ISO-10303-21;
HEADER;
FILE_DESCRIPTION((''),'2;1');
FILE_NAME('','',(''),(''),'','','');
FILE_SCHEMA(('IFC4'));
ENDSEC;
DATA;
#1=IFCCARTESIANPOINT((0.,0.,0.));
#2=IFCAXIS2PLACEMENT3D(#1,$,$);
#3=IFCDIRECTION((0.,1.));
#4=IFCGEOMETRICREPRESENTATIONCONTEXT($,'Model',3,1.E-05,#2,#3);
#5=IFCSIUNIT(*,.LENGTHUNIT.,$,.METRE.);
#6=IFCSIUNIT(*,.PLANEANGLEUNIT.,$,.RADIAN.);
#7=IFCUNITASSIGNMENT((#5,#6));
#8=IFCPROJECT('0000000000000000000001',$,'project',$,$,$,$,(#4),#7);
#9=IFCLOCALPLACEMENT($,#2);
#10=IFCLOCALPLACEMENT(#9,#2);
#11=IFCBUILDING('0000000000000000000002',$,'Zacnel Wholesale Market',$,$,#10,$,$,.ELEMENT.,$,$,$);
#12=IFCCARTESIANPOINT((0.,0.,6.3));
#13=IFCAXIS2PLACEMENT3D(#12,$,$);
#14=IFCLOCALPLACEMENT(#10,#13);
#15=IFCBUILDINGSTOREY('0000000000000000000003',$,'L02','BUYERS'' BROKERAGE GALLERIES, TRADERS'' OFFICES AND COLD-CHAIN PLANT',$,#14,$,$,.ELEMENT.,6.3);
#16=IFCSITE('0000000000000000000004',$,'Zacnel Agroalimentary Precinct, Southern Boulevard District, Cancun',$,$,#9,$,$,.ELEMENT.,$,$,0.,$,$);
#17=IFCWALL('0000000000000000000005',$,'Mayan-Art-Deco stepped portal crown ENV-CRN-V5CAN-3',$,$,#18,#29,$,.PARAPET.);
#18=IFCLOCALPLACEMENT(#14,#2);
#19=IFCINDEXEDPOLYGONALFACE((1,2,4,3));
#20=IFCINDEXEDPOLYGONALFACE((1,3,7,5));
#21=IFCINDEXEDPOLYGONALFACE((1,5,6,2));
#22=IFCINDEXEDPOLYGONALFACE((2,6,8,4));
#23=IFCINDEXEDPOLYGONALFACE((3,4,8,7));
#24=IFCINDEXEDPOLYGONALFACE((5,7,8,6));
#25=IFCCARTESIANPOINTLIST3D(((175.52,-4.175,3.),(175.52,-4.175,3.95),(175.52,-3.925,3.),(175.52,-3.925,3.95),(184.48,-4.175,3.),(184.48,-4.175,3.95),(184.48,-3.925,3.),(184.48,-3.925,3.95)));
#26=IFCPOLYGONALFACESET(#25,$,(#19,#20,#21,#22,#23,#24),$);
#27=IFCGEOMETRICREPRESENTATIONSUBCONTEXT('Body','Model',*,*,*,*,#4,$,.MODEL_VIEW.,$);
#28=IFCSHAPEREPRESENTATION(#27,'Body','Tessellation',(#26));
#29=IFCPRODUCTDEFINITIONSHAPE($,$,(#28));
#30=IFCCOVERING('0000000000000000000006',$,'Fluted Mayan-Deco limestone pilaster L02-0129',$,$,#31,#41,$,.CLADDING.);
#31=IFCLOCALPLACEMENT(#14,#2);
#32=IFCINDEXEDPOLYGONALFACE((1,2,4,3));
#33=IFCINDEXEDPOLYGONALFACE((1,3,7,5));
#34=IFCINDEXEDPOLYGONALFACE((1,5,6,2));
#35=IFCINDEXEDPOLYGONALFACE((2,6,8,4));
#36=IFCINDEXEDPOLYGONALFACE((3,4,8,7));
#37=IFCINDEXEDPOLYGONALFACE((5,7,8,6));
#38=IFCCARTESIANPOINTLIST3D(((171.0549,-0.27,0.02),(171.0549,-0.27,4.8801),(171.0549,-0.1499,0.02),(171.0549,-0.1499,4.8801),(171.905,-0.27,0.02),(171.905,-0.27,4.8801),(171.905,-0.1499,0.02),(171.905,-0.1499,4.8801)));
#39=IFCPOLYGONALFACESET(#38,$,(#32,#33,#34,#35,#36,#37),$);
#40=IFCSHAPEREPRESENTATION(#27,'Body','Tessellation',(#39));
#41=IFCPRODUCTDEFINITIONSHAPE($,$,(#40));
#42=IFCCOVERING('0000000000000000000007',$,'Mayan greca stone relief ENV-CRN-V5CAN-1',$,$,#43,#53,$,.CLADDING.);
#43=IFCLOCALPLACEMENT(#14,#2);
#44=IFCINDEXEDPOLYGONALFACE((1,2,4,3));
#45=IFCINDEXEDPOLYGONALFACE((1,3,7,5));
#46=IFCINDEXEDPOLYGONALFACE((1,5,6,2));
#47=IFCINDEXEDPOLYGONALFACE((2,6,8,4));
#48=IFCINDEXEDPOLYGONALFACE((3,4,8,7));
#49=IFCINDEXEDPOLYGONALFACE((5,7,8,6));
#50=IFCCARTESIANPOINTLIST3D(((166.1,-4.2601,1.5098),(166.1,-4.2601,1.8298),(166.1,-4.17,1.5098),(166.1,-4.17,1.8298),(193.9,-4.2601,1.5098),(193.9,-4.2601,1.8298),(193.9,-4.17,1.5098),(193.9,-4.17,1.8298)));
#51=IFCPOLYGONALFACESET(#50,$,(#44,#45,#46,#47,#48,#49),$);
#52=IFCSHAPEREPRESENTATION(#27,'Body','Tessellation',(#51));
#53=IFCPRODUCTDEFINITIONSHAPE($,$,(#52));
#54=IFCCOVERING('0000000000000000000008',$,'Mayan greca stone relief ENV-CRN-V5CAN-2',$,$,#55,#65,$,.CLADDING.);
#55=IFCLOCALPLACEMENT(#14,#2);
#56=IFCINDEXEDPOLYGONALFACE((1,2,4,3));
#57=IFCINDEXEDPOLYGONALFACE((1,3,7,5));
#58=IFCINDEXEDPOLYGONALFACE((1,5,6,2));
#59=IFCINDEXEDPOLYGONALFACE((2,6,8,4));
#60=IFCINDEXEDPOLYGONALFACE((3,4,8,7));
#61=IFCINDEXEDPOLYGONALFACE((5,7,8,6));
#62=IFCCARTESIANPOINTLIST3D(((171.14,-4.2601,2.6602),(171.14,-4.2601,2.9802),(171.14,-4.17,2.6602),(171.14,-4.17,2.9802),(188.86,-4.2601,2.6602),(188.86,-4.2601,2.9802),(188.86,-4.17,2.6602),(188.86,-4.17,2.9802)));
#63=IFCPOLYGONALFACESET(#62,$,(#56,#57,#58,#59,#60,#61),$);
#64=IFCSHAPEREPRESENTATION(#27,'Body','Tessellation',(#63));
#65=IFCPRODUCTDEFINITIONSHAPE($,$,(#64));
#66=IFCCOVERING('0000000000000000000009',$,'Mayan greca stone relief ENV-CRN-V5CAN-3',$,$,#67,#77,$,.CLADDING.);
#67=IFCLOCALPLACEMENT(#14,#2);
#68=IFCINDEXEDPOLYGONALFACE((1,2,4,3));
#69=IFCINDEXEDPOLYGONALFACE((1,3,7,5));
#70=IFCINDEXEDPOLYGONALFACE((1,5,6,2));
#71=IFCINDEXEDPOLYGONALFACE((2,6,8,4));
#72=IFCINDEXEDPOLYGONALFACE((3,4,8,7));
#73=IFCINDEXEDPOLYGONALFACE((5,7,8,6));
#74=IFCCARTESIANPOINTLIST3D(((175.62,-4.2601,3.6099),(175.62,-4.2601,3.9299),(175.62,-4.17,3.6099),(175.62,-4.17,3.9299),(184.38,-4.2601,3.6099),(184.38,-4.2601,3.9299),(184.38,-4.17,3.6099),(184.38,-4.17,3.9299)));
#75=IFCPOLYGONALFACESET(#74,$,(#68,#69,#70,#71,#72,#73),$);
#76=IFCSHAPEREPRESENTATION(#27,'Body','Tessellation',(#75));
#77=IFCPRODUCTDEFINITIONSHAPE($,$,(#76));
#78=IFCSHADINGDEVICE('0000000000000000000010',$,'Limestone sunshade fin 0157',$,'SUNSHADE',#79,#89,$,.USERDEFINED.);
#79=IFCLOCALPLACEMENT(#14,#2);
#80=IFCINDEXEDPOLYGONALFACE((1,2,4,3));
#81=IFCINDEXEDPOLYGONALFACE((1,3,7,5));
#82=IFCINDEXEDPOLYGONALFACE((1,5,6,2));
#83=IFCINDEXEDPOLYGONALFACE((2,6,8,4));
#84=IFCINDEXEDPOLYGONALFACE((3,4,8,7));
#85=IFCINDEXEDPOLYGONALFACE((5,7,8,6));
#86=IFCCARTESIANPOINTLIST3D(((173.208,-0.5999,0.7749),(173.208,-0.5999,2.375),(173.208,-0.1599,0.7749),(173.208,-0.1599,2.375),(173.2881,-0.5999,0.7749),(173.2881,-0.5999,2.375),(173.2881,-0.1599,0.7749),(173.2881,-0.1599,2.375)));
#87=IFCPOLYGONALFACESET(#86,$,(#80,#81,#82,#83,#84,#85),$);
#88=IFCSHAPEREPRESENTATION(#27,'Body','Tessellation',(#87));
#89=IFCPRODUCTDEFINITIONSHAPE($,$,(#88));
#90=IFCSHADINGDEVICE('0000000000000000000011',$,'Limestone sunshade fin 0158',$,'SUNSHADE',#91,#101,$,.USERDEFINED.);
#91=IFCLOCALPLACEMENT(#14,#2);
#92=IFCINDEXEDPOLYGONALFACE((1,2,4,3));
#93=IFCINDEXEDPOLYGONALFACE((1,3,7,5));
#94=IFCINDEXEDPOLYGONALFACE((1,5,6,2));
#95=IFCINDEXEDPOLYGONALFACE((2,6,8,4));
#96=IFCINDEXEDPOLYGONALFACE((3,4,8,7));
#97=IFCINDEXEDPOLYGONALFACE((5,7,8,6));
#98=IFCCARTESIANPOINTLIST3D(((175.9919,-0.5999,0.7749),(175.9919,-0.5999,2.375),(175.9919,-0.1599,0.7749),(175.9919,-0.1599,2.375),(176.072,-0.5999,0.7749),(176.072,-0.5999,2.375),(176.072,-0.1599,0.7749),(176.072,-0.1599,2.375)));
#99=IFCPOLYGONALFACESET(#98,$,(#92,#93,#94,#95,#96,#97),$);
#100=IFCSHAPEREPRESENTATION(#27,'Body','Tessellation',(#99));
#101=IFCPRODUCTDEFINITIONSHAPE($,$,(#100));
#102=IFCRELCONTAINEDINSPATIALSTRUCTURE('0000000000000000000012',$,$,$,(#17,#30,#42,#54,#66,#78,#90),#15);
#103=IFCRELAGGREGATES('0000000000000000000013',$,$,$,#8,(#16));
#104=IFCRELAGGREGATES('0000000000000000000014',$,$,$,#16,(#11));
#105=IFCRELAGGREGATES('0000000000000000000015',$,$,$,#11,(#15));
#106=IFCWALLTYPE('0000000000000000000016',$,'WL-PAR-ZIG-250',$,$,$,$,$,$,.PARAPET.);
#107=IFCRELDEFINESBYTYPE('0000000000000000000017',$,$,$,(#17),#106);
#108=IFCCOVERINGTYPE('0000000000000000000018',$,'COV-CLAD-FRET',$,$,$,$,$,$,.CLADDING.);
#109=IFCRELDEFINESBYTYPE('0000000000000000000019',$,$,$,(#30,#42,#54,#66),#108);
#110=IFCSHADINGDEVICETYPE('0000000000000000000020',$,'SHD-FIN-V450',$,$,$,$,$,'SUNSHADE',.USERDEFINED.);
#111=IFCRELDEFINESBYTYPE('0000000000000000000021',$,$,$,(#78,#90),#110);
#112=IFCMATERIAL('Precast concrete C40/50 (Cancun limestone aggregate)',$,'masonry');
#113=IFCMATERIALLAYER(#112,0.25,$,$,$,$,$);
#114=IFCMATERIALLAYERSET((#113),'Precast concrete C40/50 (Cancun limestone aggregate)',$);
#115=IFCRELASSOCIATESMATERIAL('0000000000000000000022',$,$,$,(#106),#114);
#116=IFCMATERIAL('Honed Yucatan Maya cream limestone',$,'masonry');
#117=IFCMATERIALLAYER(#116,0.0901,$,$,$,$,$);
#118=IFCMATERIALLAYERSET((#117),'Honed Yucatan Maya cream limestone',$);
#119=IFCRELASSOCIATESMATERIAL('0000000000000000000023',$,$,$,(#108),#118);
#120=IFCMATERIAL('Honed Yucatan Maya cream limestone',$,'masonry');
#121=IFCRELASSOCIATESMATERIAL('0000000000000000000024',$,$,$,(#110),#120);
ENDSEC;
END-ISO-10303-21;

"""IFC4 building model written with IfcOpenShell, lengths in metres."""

from ifc_helpers import new_model, si_unit, direction, frame, frame_2d, origin, origin_2d, place, context, subcontext, project, spatial, rectangle, extrude, material, layer, layer_set, type_object, element, save


model = new_model("IFC4")

# Units and contexts
model_context = context("Model", 3, precision=1e-05, world=origin(), true_north=direction((0.0, 1.0)))
body_context = subcontext(model_context, "Body", "Model", "MODEL_VIEW")
ifc_project = project(units=[si_unit("LENGTHUNIT", "METRE"), si_unit("PLANEANGLEUNIT", "RADIAN")], contexts=[model_context])

# Site, building, storey
site_placement = place(None, origin())
site = spatial("IfcSite", under=ifc_project, at=site_placement, Name="Zacnel Agroalimentary Precinct, Southern Boulevard District, Cancun", CompositionType="ELEMENT", RefElevation=0.0)
building_placement = place(site_placement, origin())
building = spatial("IfcBuilding", under=site, at=building_placement, Name="Zacnel Wholesale Market", CompositionType="ELEMENT")
storey_placement = place(building_placement, frame((0.0, 0.0, 6.3)))
storey = spatial("IfcBuildingStorey", under=building, at=storey_placement, Name="L02", Description="BUYERS' BROKERAGE GALLERIES, TRADERS' OFFICES AND COLD-CHAIN PLANT", CompositionType="ELEMENT", Elevation=6.3)

# Wall
ifc_material_1 = material(Name="Precast concrete C40/50 (Cancun limestone aggregate)", Category="masonry")
ifc_layer_1 = layer(ifc_material_1, 0.25)
ifc_layer_set_1 = layer_set([ifc_layer_1], Name="Precast concrete C40/50 (Cancun limestone aggregate)")
wall_type = type_object("IfcWallType", Name="WL-PAR-ZIG-250", PredefinedType="PARAPET", material=ifc_layer_set_1)
wall_1_placement = place(storey_placement, frame((175.52, -4.05, 3.0), z_axis=(0.0, 0.0, 1.0), x_axis=(1.0, 0.0, 0.0)))
element("IfcWall", 1, at=wall_1_placement, inside=storey, type_object=wall_type, Name="Mayan-Art-Deco stepped portal crown ENV-CRN-V5CAN-3", PredefinedType="PARAPET", context=body_context, shape_type="SweptSolid", body=[
    extrude(rectangle(XDim=8.96, YDim=0.25, at=frame_2d((4.48, 0.0))), origin(), (0.0, 0.0, 1.0), 0.95),
])

# Coverings
ifc_material_2 = material(Name="Honed Yucatan Maya cream limestone", Category="masonry")
ifc_layer_2 = layer(ifc_material_2, 0.0901)
ifc_layer_set_2 = layer_set([ifc_layer_2], Name="Honed Yucatan Maya cream limestone")
covering_type = type_object("IfcCoveringType", Name="COV-CLAD-FRET", PredefinedType="CLADDING", material=ifc_layer_set_2)
covering_1_placement = place(storey_placement, frame((171.48, -0.21, 0.02), z_axis=(0.0, 0.0, 1.0), x_axis=(1.0, 0.0, 0.0)))
element("IfcCovering", 2, at=covering_1_placement, inside=storey, type_object=covering_type, Name="Fluted Mayan-Deco limestone pilaster L02-0129", PredefinedType="CLADDING", context=body_context, shape_type="SweptSolid", body=[
    extrude(rectangle(XDim=0.8501, YDim=0.1201, at=origin_2d()), origin(), (0.0, 0.0, 1.0), 4.8601),
])
covering_2_placement = place(storey_placement, frame((180.0, -4.2151, 1.5098), z_axis=(0.0, 0.0, 1.0), x_axis=(1.0, 0.0, 0.0)))
element("IfcCovering", 3, at=covering_2_placement, inside=storey, type_object=covering_type, Name="Mayan greca stone relief ENV-CRN-V5CAN-1", PredefinedType="CLADDING", context=body_context, shape_type="SweptSolid", body=[
    extrude(rectangle(XDim=27.8, YDim=0.0901, at=origin_2d()), origin(), (0.0, 0.0, 1.0), 0.3201),
])
covering_3_placement = place(storey_placement, frame((180.0, -4.2151, 2.6602), z_axis=(0.0, 0.0, 1.0), x_axis=(1.0, 0.0, 0.0)))
element("IfcCovering", 4, at=covering_3_placement, inside=storey, type_object=covering_type, Name="Mayan greca stone relief ENV-CRN-V5CAN-2", PredefinedType="CLADDING", context=body_context, shape_type="SweptSolid", body=[
    extrude(rectangle(XDim=17.72, YDim=0.0901, at=origin_2d()), origin(), (0.0, 0.0, 1.0), 0.3201),
])
covering_4_placement = place(storey_placement, frame((180.0, -4.2151, 3.6099), z_axis=(0.0, 0.0, 1.0), x_axis=(1.0, 0.0, 0.0)))
element("IfcCovering", 5, at=covering_4_placement, inside=storey, type_object=covering_type, Name="Mayan greca stone relief ENV-CRN-V5CAN-3", PredefinedType="CLADDING", context=body_context, shape_type="SweptSolid", body=[
    extrude(rectangle(XDim=8.76, YDim=0.0901, at=origin_2d()), origin(), (0.0, 0.0, 1.0), 0.3201),
])

# Shading devices
ifc_material_3 = material(Name="Honed Yucatan Maya cream limestone", Category="masonry")
shading_device_type = type_object("IfcShadingDeviceType", Name="SHD-FIN-V450", ElementType="SUNSHADE", PredefinedType="USERDEFINED", material=ifc_material_3)
for number, where, z_axis, x_axis, name in (
    (6, (173.248, -0.3799, 0.7749), (0.0, 0.0, 1.0), (1.0, 0.0, 0.0), "Limestone sunshade fin 0157"),
    (7, (176.032, -0.3799, 0.7749), (0.0, 0.0, 1.0), (1.0, 0.0, 0.0), "Limestone sunshade fin 0158"),
):
    element("IfcShadingDevice", number, at=place(storey_placement, frame(where, z_axis=z_axis, x_axis=x_axis)), inside=storey, type_object=shading_device_type, Name=name, ObjectType="SUNSHADE", PredefinedType="USERDEFINED", context=body_context, shape_type="SweptSolid", body=[
        extrude(rectangle(XDim=0.0801, YDim=0.4399, at=origin_2d()), origin(), (0.0, 0.0, 1.0), 1.6001),
    ])

save(model, "model.ifc")
